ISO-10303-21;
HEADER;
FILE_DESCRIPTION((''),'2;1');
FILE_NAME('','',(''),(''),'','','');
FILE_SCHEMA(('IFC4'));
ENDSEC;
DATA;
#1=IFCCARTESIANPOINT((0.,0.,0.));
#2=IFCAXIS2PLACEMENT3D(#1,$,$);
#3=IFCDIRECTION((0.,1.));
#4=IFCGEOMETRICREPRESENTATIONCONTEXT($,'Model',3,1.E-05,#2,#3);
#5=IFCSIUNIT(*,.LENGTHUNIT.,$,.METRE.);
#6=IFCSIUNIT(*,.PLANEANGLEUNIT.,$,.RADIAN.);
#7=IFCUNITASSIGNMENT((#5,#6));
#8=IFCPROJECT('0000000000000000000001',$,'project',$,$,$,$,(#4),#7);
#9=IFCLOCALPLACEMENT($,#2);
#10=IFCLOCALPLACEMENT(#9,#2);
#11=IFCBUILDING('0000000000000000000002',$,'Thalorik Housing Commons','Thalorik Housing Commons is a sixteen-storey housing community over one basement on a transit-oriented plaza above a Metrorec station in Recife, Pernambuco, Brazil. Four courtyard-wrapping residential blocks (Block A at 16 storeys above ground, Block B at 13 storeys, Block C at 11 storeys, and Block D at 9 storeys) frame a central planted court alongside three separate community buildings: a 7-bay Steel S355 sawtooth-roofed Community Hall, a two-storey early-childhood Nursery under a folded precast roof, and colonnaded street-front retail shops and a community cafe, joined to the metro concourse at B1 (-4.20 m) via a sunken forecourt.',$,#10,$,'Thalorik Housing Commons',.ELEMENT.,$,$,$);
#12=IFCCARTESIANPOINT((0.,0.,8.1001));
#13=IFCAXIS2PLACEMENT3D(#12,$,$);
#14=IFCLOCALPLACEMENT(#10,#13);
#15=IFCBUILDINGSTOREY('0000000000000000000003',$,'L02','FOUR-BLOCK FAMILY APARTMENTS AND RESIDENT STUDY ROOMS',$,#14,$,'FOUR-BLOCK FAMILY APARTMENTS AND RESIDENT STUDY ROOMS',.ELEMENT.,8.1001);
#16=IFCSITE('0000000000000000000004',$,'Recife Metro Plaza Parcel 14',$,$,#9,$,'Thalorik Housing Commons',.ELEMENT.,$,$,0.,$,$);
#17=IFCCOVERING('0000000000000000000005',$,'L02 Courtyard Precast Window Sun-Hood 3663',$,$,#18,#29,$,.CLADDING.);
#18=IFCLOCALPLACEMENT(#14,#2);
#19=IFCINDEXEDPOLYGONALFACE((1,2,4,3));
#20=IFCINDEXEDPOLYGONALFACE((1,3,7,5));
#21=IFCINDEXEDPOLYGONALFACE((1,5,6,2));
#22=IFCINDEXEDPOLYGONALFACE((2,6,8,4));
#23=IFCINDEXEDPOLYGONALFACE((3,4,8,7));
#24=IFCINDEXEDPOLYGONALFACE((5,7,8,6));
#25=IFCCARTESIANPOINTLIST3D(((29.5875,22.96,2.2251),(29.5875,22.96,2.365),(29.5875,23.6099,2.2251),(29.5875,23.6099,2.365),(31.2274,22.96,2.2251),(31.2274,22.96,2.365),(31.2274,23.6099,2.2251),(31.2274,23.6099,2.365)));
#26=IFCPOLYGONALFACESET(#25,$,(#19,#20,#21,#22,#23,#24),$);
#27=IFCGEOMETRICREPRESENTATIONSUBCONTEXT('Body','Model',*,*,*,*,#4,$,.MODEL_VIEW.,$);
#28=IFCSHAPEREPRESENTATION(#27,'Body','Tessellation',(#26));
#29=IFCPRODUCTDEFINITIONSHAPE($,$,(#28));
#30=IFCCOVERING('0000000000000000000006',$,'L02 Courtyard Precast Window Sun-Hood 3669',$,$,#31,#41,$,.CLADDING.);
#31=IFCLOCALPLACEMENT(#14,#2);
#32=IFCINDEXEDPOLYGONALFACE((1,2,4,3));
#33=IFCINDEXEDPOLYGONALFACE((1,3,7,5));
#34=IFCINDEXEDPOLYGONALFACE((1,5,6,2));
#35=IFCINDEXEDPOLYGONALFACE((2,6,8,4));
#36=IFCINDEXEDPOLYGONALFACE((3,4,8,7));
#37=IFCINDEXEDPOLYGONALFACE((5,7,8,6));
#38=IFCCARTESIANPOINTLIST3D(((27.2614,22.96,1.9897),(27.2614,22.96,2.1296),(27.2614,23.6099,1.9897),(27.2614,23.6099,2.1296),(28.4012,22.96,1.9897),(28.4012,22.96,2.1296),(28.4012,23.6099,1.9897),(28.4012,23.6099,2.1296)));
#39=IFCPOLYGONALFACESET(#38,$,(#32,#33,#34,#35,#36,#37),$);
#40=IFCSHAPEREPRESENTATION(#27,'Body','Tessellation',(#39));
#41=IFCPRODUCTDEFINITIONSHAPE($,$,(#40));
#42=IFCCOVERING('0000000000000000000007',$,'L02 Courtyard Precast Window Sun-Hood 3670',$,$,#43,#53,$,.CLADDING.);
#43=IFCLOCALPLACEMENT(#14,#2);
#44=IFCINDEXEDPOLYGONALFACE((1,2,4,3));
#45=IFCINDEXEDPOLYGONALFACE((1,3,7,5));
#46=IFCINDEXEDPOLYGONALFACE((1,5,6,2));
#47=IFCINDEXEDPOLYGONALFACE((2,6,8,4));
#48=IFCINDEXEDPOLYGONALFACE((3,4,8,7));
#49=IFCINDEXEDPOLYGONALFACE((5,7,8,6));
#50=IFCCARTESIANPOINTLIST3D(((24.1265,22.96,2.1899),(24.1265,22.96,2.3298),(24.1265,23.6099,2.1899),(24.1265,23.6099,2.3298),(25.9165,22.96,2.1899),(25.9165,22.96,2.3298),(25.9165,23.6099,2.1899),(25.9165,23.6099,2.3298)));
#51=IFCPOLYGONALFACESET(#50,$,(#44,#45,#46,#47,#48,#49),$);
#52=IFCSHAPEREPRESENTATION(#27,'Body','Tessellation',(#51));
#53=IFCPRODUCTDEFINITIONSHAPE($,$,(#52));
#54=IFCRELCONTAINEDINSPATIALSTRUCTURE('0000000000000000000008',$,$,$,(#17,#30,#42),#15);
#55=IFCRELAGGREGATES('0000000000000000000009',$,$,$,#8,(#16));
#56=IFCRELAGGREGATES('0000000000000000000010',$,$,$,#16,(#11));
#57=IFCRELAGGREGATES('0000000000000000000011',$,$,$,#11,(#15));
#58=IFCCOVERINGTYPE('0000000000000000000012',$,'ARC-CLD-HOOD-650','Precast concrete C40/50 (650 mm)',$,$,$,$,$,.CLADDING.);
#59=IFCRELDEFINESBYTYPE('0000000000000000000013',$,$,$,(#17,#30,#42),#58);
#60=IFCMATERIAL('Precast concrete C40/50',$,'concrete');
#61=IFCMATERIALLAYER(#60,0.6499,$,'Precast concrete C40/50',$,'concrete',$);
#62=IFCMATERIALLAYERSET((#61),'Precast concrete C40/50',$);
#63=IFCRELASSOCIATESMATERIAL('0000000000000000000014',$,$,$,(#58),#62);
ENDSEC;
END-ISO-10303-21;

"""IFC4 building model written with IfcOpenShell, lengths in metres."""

from ifc_helpers import new_model, si_unit, direction, frame, origin, origin_2d, place, context, subcontext, project, spatial, rectangle, extrude, material, layer, layer_set, type_object, element, save


model = new_model("IFC4")

# Units and contexts
model_context = context("Model", 3, precision=1e-05, world=origin(), true_north=direction((0.0, 1.0)))
body_context = subcontext(model_context, "Body", "Model", "MODEL_VIEW")
ifc_project = project(units=[si_unit("LENGTHUNIT", "METRE"), si_unit("PLANEANGLEUNIT", "RADIAN")], contexts=[model_context])

# Site, building, storey
site_placement = place(None, origin())
site = spatial("IfcSite", under=ifc_project, at=site_placement, Name="Recife Metro Plaza Parcel 14", LongName="Thalorik Housing Commons", CompositionType="ELEMENT", RefElevation=0.0)
building_placement = place(site_placement, origin())
building = spatial("IfcBuilding", under=site, at=building_placement, Name="Thalorik Housing Commons", Description="Thalorik Housing Commons is a sixteen-storey housing community over one basement on a transit-oriented plaza above a Metrorec station in Recife, Pernambuco, Brazil. Four courtyard-wrapping residential blocks (Block A at 16 storeys above ground, Block B at 13 storeys, Block C at 11 storeys, and Block D at 9 storeys) frame a central planted court alongside three separate community buildings: a 7-bay Steel S355 sawtooth-roofed Community Hall, a two-storey early-childhood Nursery under a folded precast roof, and colonnaded street-front retail shops and a community cafe, joined to the metro concourse at B1 (-4.20 m) via a sunken forecourt.", LongName="Thalorik Housing Commons", CompositionType="ELEMENT")
storey_placement = place(building_placement, frame((0.0, 0.0, 8.1001)))
storey = spatial("IfcBuildingStorey", under=building, at=storey_placement, Name="L02", Description="FOUR-BLOCK FAMILY APARTMENTS AND RESIDENT STUDY ROOMS", LongName="FOUR-BLOCK FAMILY APARTMENTS AND RESIDENT STUDY ROOMS", CompositionType="ELEMENT", Elevation=8.1001)

# Shared definitions
ifc_material_1 = material(Name="Precast concrete C40/50", Category="concrete")

# Coverings
ifc_layer_1 = layer(ifc_material_1, 0.6499, Name="Precast concrete C40/50", Category="concrete")
ifc_layer_set_1 = layer_set([ifc_layer_1], Name="Precast concrete C40/50")
covering_type_1 = type_object("IfcCoveringType", Name="ARC-CLD-HOOD-650", Description="Precast concrete C40/50 (650 mm)", PredefinedType="CLADDING", material=ifc_layer_set_1)
covering_1_placement = place(storey_placement, frame((30.4075, 23.2849, 2.2251), z_axis=(0.0, 0.0, 1.0), x_axis=(-1.0, 0.0, 0.0)))
element("IfcCovering", 1, at=covering_1_placement, inside=storey, type_object=covering_type_1, Name="L02 Courtyard Precast Window Sun-Hood 3663", PredefinedType="CLADDING", context=body_context, shape_type="SweptSolid", body=[
    extrude(rectangle(XDim=1.6399, YDim=0.6499, at=origin_2d()), origin(), (0.0, 0.0, 1.0), 0.1399),
])
covering_2_placement = place(storey_placement, frame((27.8313, 23.2849, 1.9897), z_axis=(0.0, 0.0, 1.0), x_axis=(-1.0, 0.0, 0.0)))
element("IfcCovering", 2, at=covering_2_placement, inside=storey, type_object=covering_type_1, Name="L02 Courtyard Precast Window Sun-Hood 3669", PredefinedType="CLADDING", context=body_context, shape_type="SweptSolid", body=[
    extrude(rectangle(XDim=1.1399, YDim=0.6499, at=origin_2d()), origin(), (0.0, 0.0, 1.0), 0.1399),
])
covering_3_placement = place(storey_placement, frame((25.0215, 23.2849, 2.1899), z_axis=(0.0, 0.0, 1.0), x_axis=(-1.0, 0.0, 0.0)))
element("IfcCovering", 3, at=covering_3_placement, inside=storey, type_object=covering_type_1, Name="L02 Courtyard Precast Window Sun-Hood 3670", PredefinedType="CLADDING", context=body_context, shape_type="SweptSolid", body=[
    extrude(rectangle(XDim=1.79, YDim=0.6499, at=origin_2d()), origin(), (0.0, 0.0, 1.0), 0.1399),
])

save(model, "model.ifc")
